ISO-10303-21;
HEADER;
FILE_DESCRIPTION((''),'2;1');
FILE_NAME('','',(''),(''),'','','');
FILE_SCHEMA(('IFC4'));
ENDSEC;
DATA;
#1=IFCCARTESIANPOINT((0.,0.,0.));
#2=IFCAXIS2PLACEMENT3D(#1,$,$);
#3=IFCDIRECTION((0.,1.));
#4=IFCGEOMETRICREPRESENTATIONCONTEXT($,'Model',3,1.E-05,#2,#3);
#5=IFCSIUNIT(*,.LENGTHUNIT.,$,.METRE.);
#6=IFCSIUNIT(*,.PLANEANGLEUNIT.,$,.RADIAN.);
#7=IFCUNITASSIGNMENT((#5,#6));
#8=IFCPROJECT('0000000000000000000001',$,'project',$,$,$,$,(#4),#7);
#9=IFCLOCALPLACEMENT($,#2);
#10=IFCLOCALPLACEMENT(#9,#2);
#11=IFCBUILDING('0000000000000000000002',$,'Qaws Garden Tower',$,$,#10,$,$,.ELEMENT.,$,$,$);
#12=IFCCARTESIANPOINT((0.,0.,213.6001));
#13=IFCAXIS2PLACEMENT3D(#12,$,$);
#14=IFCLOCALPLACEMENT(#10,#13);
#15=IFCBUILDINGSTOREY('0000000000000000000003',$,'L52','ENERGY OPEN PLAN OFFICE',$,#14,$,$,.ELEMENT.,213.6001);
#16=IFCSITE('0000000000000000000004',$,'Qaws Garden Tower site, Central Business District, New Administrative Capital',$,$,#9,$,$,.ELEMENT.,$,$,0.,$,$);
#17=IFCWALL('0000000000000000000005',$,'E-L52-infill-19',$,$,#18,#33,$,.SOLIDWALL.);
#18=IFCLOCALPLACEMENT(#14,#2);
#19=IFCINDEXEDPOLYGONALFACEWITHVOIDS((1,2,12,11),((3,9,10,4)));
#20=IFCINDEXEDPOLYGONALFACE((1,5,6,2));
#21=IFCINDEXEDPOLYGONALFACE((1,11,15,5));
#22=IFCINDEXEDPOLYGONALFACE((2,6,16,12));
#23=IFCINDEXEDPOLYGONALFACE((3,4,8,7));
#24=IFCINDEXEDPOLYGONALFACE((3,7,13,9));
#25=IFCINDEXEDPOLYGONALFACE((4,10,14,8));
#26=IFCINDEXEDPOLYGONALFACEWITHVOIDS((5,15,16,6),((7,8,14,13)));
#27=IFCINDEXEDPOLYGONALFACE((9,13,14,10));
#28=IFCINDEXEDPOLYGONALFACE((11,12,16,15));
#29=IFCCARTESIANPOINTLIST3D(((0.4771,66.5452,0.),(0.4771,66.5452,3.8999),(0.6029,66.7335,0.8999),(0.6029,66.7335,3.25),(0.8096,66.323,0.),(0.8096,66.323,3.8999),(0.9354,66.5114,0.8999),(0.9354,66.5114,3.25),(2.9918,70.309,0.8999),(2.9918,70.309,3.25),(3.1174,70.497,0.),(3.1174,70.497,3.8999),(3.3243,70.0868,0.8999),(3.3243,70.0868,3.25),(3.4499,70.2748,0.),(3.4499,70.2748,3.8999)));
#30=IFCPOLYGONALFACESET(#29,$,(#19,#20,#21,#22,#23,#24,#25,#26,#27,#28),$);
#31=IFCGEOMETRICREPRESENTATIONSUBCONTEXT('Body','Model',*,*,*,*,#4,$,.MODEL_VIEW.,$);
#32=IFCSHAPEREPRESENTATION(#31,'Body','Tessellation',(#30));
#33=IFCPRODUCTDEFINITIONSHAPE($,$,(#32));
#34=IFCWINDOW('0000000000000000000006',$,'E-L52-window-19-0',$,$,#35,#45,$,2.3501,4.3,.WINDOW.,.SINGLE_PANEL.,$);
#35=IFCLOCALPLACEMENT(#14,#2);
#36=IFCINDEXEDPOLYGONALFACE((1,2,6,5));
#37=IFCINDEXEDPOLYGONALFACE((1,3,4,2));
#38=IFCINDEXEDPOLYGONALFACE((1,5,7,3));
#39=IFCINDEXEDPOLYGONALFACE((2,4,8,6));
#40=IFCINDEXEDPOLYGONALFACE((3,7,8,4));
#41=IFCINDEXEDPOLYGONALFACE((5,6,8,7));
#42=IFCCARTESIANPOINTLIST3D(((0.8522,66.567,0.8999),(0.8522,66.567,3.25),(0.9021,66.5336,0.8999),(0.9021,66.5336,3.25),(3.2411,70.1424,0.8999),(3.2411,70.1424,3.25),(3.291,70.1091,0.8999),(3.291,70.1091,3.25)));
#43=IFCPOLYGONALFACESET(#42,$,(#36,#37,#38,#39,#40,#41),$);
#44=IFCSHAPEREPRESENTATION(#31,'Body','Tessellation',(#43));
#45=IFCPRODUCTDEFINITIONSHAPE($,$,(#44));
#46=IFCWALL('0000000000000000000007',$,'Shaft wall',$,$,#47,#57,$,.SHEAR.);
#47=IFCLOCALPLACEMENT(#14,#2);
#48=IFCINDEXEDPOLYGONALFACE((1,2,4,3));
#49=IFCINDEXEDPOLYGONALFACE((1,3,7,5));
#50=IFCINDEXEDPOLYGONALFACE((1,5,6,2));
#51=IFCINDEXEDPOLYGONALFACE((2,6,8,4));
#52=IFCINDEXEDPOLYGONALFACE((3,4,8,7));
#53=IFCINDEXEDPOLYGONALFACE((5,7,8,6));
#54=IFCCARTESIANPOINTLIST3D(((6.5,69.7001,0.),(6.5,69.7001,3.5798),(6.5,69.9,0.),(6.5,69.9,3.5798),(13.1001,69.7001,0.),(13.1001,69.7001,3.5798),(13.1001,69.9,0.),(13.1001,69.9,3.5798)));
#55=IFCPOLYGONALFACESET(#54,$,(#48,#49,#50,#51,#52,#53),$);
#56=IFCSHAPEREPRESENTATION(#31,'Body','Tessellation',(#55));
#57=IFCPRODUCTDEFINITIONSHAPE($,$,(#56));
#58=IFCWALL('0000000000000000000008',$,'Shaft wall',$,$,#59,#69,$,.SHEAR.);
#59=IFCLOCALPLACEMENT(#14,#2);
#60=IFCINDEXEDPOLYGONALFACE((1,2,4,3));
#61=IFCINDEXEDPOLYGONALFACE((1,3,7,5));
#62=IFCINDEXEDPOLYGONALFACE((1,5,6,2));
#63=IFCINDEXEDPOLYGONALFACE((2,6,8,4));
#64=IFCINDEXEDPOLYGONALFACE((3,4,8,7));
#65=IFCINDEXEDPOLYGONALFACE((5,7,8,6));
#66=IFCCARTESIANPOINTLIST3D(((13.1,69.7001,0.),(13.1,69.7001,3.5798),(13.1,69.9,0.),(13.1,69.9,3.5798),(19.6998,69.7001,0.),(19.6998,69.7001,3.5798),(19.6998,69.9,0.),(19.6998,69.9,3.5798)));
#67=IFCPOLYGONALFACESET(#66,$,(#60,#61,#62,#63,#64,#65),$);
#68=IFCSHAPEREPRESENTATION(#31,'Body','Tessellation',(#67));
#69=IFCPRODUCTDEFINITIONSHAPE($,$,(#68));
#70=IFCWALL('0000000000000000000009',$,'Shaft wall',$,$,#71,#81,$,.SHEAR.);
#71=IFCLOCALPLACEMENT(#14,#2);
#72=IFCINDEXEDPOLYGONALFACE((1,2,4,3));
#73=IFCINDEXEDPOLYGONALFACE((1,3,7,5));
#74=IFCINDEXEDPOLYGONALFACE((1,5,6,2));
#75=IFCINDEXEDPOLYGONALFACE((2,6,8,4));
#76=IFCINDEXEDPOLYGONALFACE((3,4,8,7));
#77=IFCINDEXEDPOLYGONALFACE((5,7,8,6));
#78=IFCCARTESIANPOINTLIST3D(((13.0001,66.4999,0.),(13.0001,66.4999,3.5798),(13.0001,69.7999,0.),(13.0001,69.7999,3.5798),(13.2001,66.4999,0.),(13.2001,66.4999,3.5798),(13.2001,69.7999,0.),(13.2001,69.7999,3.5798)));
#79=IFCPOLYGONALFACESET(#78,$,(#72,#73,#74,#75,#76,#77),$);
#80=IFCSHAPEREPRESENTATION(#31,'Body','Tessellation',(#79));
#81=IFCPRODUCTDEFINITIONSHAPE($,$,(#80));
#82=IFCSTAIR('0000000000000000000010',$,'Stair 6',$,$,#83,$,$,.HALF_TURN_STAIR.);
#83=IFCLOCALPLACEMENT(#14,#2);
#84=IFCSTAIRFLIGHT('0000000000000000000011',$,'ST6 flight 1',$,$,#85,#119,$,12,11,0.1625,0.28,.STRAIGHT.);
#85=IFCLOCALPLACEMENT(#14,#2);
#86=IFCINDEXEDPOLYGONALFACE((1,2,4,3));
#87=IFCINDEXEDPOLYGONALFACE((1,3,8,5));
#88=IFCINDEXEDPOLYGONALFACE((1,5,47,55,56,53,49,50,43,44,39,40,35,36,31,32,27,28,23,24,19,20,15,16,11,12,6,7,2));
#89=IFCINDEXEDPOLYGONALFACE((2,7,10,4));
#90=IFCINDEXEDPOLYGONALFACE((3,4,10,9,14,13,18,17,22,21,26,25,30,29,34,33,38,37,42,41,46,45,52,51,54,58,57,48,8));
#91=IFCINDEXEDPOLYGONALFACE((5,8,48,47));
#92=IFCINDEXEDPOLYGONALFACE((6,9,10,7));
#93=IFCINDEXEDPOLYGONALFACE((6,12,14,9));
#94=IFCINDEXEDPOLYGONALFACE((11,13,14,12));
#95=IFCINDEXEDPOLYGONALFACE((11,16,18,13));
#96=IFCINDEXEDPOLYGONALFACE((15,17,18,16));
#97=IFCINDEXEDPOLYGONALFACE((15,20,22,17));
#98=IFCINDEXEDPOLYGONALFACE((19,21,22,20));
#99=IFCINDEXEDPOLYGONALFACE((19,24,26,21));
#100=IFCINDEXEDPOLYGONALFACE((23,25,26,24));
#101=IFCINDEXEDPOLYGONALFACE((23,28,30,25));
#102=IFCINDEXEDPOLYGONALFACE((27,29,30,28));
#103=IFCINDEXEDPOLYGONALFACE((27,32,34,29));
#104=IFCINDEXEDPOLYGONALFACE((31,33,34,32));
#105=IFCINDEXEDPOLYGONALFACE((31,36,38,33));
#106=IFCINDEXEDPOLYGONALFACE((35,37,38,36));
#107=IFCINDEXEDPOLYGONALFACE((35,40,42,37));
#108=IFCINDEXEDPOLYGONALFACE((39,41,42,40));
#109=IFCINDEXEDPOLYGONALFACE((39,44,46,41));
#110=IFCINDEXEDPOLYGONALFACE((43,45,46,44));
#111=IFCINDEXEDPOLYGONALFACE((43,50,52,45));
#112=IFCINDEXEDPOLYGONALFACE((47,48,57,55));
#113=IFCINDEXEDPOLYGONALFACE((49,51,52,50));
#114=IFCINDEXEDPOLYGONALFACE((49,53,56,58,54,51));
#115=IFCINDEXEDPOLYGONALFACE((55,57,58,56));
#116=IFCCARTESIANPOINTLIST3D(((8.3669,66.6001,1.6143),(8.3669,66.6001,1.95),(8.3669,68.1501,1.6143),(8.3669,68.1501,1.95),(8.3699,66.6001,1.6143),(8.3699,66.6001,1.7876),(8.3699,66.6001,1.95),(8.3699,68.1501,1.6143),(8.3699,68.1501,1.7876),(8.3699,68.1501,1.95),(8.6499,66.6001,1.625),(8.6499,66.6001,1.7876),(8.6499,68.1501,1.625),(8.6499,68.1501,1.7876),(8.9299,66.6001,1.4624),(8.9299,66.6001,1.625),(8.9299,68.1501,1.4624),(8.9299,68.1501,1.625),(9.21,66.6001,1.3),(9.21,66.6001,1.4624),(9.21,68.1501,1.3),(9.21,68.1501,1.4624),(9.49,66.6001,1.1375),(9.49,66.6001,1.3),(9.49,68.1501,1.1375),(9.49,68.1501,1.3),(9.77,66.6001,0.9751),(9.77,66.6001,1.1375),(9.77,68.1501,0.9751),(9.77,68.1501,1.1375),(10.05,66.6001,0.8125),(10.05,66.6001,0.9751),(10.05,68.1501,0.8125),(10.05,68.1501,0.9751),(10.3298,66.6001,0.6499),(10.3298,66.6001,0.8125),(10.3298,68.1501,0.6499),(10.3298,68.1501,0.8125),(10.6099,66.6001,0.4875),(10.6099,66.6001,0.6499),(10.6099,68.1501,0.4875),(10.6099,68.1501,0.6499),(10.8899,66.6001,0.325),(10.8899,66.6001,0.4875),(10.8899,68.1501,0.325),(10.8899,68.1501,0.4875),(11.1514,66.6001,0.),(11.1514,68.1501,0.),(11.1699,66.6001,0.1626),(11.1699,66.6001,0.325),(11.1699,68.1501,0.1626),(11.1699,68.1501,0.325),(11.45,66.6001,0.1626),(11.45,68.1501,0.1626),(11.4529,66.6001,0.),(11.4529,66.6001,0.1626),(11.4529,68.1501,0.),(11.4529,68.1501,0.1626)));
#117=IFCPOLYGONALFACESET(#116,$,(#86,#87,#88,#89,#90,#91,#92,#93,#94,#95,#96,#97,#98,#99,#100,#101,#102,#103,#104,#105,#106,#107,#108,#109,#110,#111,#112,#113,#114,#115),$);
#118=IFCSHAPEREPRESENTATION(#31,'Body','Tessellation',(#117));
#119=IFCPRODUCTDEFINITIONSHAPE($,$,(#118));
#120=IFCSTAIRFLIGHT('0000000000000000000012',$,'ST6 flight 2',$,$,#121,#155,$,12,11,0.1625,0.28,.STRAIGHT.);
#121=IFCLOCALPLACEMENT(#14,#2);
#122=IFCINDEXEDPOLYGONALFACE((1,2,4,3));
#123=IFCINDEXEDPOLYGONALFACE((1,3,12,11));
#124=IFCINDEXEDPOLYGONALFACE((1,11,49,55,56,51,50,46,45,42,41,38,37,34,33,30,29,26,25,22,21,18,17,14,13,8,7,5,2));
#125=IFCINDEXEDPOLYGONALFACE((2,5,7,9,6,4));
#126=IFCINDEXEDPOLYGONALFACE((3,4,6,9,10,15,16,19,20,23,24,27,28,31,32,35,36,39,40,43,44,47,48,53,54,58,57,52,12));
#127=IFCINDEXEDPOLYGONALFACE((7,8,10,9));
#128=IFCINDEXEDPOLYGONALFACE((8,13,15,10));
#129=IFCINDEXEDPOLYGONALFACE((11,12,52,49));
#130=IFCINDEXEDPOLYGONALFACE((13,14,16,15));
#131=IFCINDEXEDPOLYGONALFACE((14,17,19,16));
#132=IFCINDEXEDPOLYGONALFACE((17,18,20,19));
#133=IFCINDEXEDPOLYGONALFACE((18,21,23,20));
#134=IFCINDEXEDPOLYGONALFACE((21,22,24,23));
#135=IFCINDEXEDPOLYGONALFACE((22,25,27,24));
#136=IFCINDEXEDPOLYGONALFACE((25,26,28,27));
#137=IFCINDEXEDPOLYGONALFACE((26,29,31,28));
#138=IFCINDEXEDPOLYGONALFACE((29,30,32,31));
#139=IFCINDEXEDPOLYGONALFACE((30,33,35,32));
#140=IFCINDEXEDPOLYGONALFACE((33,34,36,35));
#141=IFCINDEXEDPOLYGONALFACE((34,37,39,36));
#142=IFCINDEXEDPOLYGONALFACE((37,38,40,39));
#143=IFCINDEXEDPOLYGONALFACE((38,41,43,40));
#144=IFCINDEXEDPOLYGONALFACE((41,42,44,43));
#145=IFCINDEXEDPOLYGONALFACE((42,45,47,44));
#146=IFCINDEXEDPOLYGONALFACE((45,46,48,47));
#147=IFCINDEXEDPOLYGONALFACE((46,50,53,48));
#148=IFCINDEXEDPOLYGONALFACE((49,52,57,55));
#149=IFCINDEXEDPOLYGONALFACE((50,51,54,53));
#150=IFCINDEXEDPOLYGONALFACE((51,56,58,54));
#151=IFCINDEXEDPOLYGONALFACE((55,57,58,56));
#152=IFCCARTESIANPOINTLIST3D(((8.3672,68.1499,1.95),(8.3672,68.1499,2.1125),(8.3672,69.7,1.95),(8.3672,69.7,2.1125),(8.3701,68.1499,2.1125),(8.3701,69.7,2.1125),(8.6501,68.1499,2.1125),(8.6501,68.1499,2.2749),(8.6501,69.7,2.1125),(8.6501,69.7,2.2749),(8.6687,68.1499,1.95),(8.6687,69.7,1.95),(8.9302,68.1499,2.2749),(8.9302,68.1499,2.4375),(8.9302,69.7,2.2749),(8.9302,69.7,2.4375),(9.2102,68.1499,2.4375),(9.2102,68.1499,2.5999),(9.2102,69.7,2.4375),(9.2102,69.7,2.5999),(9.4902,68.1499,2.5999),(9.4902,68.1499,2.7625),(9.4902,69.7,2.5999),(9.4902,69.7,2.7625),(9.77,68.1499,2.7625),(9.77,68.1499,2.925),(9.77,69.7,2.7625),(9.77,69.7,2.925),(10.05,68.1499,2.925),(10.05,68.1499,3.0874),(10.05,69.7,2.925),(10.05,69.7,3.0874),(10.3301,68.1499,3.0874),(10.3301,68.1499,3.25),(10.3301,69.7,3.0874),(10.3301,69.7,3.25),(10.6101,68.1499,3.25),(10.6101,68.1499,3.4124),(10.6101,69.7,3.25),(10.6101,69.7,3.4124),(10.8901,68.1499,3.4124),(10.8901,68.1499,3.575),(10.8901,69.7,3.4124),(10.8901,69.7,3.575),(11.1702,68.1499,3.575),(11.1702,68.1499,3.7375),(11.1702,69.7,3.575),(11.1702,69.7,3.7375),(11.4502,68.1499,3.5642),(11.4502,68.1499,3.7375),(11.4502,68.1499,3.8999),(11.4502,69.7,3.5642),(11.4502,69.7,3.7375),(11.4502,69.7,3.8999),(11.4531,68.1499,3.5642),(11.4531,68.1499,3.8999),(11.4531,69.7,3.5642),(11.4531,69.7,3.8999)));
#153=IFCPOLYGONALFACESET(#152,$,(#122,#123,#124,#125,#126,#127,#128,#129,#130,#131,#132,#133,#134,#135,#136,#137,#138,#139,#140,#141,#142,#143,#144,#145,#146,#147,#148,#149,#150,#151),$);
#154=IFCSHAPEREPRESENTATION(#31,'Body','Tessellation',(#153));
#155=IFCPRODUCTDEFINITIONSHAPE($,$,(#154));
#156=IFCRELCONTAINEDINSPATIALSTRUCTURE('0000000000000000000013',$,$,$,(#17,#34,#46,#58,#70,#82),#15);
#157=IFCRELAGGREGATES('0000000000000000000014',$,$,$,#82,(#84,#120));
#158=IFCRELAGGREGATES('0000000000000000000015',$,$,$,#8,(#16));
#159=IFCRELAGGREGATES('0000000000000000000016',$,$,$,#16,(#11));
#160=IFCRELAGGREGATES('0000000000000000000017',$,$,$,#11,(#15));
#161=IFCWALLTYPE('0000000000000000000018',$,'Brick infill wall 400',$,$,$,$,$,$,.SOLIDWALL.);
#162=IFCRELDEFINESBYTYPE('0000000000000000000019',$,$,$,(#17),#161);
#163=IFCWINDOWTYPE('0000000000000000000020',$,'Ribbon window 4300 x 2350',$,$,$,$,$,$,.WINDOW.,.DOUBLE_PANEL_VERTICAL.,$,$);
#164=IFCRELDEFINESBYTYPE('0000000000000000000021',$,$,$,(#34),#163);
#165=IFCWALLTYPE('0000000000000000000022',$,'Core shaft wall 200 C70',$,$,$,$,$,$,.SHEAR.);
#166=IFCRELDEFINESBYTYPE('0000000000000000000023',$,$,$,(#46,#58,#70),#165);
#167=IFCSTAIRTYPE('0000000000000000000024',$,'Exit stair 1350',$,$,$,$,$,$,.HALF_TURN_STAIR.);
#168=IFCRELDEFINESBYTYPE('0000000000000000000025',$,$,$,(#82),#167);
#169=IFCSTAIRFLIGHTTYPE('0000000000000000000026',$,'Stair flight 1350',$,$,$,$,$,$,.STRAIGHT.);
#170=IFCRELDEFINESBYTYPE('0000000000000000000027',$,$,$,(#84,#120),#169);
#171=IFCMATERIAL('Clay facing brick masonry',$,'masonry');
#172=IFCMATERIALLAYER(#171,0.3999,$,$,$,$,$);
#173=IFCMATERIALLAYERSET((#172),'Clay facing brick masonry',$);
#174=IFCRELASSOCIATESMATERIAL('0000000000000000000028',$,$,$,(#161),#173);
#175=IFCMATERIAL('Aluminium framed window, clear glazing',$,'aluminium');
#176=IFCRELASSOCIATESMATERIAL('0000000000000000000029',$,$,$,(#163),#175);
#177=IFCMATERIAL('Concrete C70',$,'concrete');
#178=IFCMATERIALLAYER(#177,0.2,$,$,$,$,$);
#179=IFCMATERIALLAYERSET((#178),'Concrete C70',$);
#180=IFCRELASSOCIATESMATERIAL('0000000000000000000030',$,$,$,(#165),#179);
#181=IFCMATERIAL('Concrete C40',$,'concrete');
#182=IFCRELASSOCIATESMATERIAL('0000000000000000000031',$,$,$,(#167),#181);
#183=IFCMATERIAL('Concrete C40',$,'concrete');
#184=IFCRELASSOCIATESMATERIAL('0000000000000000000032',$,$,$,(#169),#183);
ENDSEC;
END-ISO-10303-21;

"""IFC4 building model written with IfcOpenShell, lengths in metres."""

from ifc_helpers import new_model, si_unit, direction, frame, frame_2d, origin, place, context, subcontext, project, spatial, polyline, rectangle, outline, extrude, material, layer, layer_set, type_object, element, fill, aggregate, save


model = new_model("IFC4")

# Units and contexts
model_context = context("Model", 3, precision=1e-05, world=origin(), true_north=direction((0.0, 1.0)))
body_context = subcontext(model_context, "Body", "Model", "MODEL_VIEW")
ifc_project = project(units=[si_unit("LENGTHUNIT", "METRE"), si_unit("PLANEANGLEUNIT", "RADIAN")], contexts=[model_context])

# Site, building, storey
site_placement = place(None, origin())
site = spatial("IfcSite", under=ifc_project, at=site_placement, Name="Qaws Garden Tower site, Central Business District, New Administrative Capital", CompositionType="ELEMENT", RefElevation=0.0)
building_placement = place(site_placement, origin())
building = spatial("IfcBuilding", under=site, at=building_placement, Name="Qaws Garden Tower", CompositionType="ELEMENT")
storey_placement = place(building_placement, frame((0.0, 0.0, 213.6001)))
storey = spatial("IfcBuildingStorey", under=building, at=storey_placement, Name="L52", Description="ENERGY OPEN PLAN OFFICE", CompositionType="ELEMENT", Elevation=213.6001)

# Wall, opening, window
ifc_material_1 = material(Name="Clay facing brick masonry", Category="masonry")
ifc_layer_1 = layer(ifc_material_1, 0.3999)
ifc_layer_set_1 = layer_set([ifc_layer_1], Name="Clay facing brick masonry")
wall_type_1 = type_object("IfcWallType", Name="Brick infill wall 400", PredefinedType="SOLIDWALL", material=ifc_layer_set_1)
ifc_material_2 = material(Name="Aluminium framed window, clear glazing", Category="aluminium")
window_type = type_object("IfcWindowType", Name="Ribbon window 4300 x 2350", PartitioningType="DOUBLE_PANEL_VERTICAL", PredefinedType="WINDOW", material=ifc_material_2)
wall_1_placement = place(storey_placement, frame((3.2837, 70.386, 0.0), z_axis=(0.0, 0.0, 1.0), x_axis=(-0.555542, -0.831489, 0.0)))
wall_1 = element("IfcWall", 1, at=wall_1_placement, inside=storey, type_object=wall_type_1, Name="E-L52-infill-19", PredefinedType="SOLIDWALL", context=body_context, shape_type="SweptSolid", body=[
    extrude(rectangle(XDim=4.7527, YDim=0.3999, at=frame_2d((2.3765, 0.0))), origin(), (0.0, 0.0, 1.0), 3.8999),
])
opening_1_placement = place(wall_1_placement, frame((0.2263, 0.0, 0.8999)))
opening_1 = element("IfcOpeningElement", 2, at=opening_1_placement, cuts=wall_1, PredefinedType="OPENING", context=body_context, shape_type="SweptSolid", body=[
    extrude(rectangle(XDim=4.3, YDim=2.3501, at=frame_2d((2.1499, 1.175))), frame((0.0, 0.21, 0.0), z_axis=(0.0, -1.0, 0.0), x_axis=(1.0, 0.0, 0.0)), (0.0, 0.0, 1.0), 0.4199),
])
window_1_placement = place(opening_1_placement, origin())
window_1 = element("IfcWindow", 3, at=window_1_placement, inside=storey, type_object=window_type, Name="E-L52-window-19-0", OverallHeight=2.3501, OverallWidth=4.3, PartitioningType="SINGLE_PANEL", PredefinedType="WINDOW", context=body_context, shape_type="SweptSolid", body=[
    extrude(rectangle(XDim=4.3, YDim=2.3501, at=frame_2d((2.1499, 1.175))), frame((0.0, 0.1599, 0.0), z_axis=(0.0, -1.0, 0.0), x_axis=(1.0, 0.0, 0.0)), (0.0, 0.0, 1.0), 0.0601),
])
fill(opening_1, window_1)

# Walls
ifc_material_3 = material(Name="Concrete C70", Category="concrete")
ifc_layer_2 = layer(ifc_material_3, 0.2)
ifc_layer_set_2 = layer_set([ifc_layer_2], Name="Concrete C70")
wall_type_2 = type_object("IfcWallType", Name="Core shaft wall 200 C70", PredefinedType="SHEAR", material=ifc_layer_set_2)
wall_2_placement = place(storey_placement, frame((6.5, 69.8, 0.0), z_axis=(0.0, 0.0, 1.0), x_axis=(1.0, 0.0, 0.0)))
element("IfcWall", 4, at=wall_2_placement, inside=storey, type_object=wall_type_2, Name="Shaft wall", PredefinedType="SHEAR", context=body_context, shape_type="SweptSolid", body=[
    extrude(rectangle(XDim=6.6001, YDim=0.2, at=frame_2d((3.3, 0.0))), origin(), (0.0, 0.0, 1.0), 3.5798),
])
wall_3_placement = place(storey_placement, frame((13.1001, 69.8, 0.0), z_axis=(0.0, 0.0, 1.0), x_axis=(1.0, 0.0, 0.0)))
element("IfcWall", 5, at=wall_3_placement, inside=storey, type_object=wall_type_2, Name="Shaft wall", PredefinedType="SHEAR", context=body_context, shape_type="SweptSolid", body=[
    extrude(rectangle(XDim=6.5999, YDim=0.2, at=frame_2d((3.2998, 0.0))), origin(), (0.0, 0.0, 1.0), 3.5798),
])
wall_4_placement = place(storey_placement, frame((13.1001, 66.5, 0.0), z_axis=(0.0, 0.0, 1.0), x_axis=(0.0, 1.0, 0.0)))
element("IfcWall", 6, at=wall_4_placement, inside=storey, type_object=wall_type_2, Name="Shaft wall", PredefinedType="SHEAR", context=body_context, shape_type="SweptSolid", body=[
    extrude(rectangle(XDim=3.3, YDim=0.2, at=frame_2d((1.6499, 0.0))), origin(), (0.0, 0.0, 1.0), 3.5798),
])

# Stair, stair flights
ifc_material_4 = material(Name="Concrete C40", Category="concrete")
stair_type = type_object("IfcStairType", Name="Exit stair 1350", PredefinedType="HALF_TURN_STAIR", material=ifc_material_4)
placement = place(storey_placement, origin())
stair_1 = element("IfcStair", 7, at=placement, inside=storey, type_object=stair_type, Name="Stair 6", PredefinedType="HALF_TURN_STAIR")
ifc_material_5 = material(Name="Concrete C40", Category="concrete")
stair_flight_type = type_object("IfcStairFlightType", Name="Stair flight 1350", PredefinedType="STRAIGHT", material=ifc_material_5)
stair_flight_1_placement = place(storey_placement, frame((11.45, 67.375, 0.0), z_axis=(0.0, 0.0, 1.0), x_axis=(-1.0, 0.0, 0.0)))
stair_flight_1 = element("IfcStairFlight", 8, at=stair_flight_1_placement, type_object=stair_flight_type, Name="ST6 flight 1", NumberOfRisers=12, NumberOfTreads=11, PredefinedType="STRAIGHT", RiserHeight=0.1625, TreadLength=0.28, context=body_context, shape_type="SweptSolid", body=[
    extrude(outline(polyline([(-0.0029, 0.0), (-0.0029, 0.1626), (0.0, 0.1626), (0.28, 0.1626), (0.28, 0.325), (0.5601, 0.325), (0.5601, 0.4875), (0.8401, 0.4875), (0.8401, 0.6499), (1.1201, 0.6499), (1.1201, 0.8125), (1.3999, 0.8125), (1.3999, 0.9751), (1.6799, 0.9751), (1.6799, 1.1375), (1.96, 1.1375), (1.96, 1.3), (2.24, 1.3), (2.24, 1.4624), (2.52, 1.4624), (2.52, 1.625), (2.8, 1.625), (2.8, 1.7876), (3.0801, 1.7876), (3.0801, 1.95), (3.083, 1.95), (3.083, 1.6143), (3.0801, 1.6143), (0.2986, 0.0), (-0.0029, 0.0)])), frame((0.0, 0.7749, 0.0), z_axis=(0.0, -1.0, 0.0), x_axis=(1.0, 0.0, 0.0)), (0.0, 0.0, 1.0), 1.55),
])
stair_flight_2_placement = place(storey_placement, frame((8.3701, 68.925, 1.95), z_axis=(0.0, 0.0, 1.0), x_axis=(1.0, 0.0, 0.0)))
stair_flight_2 = element("IfcStairFlight", 9, at=stair_flight_2_placement, type_object=stair_flight_type, Name="ST6 flight 2", NumberOfRisers=12, NumberOfTreads=11, PredefinedType="STRAIGHT", RiserHeight=0.1625, TreadLength=0.28, context=body_context, shape_type="SweptSolid", body=[
    extrude(outline(polyline([(-0.0029, 0.0), (-0.0029, 0.1626), (0.0, 0.1626), (0.28, 0.1626), (0.28, 0.325), (0.5601, 0.325), (0.5601, 0.4875), (0.8401, 0.4875), (0.8401, 0.6499), (1.1201, 0.6499), (1.1201, 0.8125), (1.3999, 0.8125), (1.3999, 0.9751), (1.6799, 0.9751), (1.6799, 1.1375), (1.96, 1.1375), (1.96, 1.3), (2.24, 1.3), (2.24, 1.4624), (2.52, 1.4624), (2.52, 1.625), (2.8, 1.625), (2.8, 1.7876), (3.0801, 1.7876), (3.0801, 1.95), (3.083, 1.95), (3.083, 1.6143), (3.0801, 1.6143), (0.2986, 0.0), (-0.0029, 0.0)])), frame((0.0, 0.7749, 0.0), z_axis=(0.0, -1.0, 0.0), x_axis=(1.0, 0.0, 0.0)), (0.0, 0.0, 1.0), 1.55),
])
aggregate(stair_1, [stair_flight_1, stair_flight_2])

save(model, "model.ifc")
